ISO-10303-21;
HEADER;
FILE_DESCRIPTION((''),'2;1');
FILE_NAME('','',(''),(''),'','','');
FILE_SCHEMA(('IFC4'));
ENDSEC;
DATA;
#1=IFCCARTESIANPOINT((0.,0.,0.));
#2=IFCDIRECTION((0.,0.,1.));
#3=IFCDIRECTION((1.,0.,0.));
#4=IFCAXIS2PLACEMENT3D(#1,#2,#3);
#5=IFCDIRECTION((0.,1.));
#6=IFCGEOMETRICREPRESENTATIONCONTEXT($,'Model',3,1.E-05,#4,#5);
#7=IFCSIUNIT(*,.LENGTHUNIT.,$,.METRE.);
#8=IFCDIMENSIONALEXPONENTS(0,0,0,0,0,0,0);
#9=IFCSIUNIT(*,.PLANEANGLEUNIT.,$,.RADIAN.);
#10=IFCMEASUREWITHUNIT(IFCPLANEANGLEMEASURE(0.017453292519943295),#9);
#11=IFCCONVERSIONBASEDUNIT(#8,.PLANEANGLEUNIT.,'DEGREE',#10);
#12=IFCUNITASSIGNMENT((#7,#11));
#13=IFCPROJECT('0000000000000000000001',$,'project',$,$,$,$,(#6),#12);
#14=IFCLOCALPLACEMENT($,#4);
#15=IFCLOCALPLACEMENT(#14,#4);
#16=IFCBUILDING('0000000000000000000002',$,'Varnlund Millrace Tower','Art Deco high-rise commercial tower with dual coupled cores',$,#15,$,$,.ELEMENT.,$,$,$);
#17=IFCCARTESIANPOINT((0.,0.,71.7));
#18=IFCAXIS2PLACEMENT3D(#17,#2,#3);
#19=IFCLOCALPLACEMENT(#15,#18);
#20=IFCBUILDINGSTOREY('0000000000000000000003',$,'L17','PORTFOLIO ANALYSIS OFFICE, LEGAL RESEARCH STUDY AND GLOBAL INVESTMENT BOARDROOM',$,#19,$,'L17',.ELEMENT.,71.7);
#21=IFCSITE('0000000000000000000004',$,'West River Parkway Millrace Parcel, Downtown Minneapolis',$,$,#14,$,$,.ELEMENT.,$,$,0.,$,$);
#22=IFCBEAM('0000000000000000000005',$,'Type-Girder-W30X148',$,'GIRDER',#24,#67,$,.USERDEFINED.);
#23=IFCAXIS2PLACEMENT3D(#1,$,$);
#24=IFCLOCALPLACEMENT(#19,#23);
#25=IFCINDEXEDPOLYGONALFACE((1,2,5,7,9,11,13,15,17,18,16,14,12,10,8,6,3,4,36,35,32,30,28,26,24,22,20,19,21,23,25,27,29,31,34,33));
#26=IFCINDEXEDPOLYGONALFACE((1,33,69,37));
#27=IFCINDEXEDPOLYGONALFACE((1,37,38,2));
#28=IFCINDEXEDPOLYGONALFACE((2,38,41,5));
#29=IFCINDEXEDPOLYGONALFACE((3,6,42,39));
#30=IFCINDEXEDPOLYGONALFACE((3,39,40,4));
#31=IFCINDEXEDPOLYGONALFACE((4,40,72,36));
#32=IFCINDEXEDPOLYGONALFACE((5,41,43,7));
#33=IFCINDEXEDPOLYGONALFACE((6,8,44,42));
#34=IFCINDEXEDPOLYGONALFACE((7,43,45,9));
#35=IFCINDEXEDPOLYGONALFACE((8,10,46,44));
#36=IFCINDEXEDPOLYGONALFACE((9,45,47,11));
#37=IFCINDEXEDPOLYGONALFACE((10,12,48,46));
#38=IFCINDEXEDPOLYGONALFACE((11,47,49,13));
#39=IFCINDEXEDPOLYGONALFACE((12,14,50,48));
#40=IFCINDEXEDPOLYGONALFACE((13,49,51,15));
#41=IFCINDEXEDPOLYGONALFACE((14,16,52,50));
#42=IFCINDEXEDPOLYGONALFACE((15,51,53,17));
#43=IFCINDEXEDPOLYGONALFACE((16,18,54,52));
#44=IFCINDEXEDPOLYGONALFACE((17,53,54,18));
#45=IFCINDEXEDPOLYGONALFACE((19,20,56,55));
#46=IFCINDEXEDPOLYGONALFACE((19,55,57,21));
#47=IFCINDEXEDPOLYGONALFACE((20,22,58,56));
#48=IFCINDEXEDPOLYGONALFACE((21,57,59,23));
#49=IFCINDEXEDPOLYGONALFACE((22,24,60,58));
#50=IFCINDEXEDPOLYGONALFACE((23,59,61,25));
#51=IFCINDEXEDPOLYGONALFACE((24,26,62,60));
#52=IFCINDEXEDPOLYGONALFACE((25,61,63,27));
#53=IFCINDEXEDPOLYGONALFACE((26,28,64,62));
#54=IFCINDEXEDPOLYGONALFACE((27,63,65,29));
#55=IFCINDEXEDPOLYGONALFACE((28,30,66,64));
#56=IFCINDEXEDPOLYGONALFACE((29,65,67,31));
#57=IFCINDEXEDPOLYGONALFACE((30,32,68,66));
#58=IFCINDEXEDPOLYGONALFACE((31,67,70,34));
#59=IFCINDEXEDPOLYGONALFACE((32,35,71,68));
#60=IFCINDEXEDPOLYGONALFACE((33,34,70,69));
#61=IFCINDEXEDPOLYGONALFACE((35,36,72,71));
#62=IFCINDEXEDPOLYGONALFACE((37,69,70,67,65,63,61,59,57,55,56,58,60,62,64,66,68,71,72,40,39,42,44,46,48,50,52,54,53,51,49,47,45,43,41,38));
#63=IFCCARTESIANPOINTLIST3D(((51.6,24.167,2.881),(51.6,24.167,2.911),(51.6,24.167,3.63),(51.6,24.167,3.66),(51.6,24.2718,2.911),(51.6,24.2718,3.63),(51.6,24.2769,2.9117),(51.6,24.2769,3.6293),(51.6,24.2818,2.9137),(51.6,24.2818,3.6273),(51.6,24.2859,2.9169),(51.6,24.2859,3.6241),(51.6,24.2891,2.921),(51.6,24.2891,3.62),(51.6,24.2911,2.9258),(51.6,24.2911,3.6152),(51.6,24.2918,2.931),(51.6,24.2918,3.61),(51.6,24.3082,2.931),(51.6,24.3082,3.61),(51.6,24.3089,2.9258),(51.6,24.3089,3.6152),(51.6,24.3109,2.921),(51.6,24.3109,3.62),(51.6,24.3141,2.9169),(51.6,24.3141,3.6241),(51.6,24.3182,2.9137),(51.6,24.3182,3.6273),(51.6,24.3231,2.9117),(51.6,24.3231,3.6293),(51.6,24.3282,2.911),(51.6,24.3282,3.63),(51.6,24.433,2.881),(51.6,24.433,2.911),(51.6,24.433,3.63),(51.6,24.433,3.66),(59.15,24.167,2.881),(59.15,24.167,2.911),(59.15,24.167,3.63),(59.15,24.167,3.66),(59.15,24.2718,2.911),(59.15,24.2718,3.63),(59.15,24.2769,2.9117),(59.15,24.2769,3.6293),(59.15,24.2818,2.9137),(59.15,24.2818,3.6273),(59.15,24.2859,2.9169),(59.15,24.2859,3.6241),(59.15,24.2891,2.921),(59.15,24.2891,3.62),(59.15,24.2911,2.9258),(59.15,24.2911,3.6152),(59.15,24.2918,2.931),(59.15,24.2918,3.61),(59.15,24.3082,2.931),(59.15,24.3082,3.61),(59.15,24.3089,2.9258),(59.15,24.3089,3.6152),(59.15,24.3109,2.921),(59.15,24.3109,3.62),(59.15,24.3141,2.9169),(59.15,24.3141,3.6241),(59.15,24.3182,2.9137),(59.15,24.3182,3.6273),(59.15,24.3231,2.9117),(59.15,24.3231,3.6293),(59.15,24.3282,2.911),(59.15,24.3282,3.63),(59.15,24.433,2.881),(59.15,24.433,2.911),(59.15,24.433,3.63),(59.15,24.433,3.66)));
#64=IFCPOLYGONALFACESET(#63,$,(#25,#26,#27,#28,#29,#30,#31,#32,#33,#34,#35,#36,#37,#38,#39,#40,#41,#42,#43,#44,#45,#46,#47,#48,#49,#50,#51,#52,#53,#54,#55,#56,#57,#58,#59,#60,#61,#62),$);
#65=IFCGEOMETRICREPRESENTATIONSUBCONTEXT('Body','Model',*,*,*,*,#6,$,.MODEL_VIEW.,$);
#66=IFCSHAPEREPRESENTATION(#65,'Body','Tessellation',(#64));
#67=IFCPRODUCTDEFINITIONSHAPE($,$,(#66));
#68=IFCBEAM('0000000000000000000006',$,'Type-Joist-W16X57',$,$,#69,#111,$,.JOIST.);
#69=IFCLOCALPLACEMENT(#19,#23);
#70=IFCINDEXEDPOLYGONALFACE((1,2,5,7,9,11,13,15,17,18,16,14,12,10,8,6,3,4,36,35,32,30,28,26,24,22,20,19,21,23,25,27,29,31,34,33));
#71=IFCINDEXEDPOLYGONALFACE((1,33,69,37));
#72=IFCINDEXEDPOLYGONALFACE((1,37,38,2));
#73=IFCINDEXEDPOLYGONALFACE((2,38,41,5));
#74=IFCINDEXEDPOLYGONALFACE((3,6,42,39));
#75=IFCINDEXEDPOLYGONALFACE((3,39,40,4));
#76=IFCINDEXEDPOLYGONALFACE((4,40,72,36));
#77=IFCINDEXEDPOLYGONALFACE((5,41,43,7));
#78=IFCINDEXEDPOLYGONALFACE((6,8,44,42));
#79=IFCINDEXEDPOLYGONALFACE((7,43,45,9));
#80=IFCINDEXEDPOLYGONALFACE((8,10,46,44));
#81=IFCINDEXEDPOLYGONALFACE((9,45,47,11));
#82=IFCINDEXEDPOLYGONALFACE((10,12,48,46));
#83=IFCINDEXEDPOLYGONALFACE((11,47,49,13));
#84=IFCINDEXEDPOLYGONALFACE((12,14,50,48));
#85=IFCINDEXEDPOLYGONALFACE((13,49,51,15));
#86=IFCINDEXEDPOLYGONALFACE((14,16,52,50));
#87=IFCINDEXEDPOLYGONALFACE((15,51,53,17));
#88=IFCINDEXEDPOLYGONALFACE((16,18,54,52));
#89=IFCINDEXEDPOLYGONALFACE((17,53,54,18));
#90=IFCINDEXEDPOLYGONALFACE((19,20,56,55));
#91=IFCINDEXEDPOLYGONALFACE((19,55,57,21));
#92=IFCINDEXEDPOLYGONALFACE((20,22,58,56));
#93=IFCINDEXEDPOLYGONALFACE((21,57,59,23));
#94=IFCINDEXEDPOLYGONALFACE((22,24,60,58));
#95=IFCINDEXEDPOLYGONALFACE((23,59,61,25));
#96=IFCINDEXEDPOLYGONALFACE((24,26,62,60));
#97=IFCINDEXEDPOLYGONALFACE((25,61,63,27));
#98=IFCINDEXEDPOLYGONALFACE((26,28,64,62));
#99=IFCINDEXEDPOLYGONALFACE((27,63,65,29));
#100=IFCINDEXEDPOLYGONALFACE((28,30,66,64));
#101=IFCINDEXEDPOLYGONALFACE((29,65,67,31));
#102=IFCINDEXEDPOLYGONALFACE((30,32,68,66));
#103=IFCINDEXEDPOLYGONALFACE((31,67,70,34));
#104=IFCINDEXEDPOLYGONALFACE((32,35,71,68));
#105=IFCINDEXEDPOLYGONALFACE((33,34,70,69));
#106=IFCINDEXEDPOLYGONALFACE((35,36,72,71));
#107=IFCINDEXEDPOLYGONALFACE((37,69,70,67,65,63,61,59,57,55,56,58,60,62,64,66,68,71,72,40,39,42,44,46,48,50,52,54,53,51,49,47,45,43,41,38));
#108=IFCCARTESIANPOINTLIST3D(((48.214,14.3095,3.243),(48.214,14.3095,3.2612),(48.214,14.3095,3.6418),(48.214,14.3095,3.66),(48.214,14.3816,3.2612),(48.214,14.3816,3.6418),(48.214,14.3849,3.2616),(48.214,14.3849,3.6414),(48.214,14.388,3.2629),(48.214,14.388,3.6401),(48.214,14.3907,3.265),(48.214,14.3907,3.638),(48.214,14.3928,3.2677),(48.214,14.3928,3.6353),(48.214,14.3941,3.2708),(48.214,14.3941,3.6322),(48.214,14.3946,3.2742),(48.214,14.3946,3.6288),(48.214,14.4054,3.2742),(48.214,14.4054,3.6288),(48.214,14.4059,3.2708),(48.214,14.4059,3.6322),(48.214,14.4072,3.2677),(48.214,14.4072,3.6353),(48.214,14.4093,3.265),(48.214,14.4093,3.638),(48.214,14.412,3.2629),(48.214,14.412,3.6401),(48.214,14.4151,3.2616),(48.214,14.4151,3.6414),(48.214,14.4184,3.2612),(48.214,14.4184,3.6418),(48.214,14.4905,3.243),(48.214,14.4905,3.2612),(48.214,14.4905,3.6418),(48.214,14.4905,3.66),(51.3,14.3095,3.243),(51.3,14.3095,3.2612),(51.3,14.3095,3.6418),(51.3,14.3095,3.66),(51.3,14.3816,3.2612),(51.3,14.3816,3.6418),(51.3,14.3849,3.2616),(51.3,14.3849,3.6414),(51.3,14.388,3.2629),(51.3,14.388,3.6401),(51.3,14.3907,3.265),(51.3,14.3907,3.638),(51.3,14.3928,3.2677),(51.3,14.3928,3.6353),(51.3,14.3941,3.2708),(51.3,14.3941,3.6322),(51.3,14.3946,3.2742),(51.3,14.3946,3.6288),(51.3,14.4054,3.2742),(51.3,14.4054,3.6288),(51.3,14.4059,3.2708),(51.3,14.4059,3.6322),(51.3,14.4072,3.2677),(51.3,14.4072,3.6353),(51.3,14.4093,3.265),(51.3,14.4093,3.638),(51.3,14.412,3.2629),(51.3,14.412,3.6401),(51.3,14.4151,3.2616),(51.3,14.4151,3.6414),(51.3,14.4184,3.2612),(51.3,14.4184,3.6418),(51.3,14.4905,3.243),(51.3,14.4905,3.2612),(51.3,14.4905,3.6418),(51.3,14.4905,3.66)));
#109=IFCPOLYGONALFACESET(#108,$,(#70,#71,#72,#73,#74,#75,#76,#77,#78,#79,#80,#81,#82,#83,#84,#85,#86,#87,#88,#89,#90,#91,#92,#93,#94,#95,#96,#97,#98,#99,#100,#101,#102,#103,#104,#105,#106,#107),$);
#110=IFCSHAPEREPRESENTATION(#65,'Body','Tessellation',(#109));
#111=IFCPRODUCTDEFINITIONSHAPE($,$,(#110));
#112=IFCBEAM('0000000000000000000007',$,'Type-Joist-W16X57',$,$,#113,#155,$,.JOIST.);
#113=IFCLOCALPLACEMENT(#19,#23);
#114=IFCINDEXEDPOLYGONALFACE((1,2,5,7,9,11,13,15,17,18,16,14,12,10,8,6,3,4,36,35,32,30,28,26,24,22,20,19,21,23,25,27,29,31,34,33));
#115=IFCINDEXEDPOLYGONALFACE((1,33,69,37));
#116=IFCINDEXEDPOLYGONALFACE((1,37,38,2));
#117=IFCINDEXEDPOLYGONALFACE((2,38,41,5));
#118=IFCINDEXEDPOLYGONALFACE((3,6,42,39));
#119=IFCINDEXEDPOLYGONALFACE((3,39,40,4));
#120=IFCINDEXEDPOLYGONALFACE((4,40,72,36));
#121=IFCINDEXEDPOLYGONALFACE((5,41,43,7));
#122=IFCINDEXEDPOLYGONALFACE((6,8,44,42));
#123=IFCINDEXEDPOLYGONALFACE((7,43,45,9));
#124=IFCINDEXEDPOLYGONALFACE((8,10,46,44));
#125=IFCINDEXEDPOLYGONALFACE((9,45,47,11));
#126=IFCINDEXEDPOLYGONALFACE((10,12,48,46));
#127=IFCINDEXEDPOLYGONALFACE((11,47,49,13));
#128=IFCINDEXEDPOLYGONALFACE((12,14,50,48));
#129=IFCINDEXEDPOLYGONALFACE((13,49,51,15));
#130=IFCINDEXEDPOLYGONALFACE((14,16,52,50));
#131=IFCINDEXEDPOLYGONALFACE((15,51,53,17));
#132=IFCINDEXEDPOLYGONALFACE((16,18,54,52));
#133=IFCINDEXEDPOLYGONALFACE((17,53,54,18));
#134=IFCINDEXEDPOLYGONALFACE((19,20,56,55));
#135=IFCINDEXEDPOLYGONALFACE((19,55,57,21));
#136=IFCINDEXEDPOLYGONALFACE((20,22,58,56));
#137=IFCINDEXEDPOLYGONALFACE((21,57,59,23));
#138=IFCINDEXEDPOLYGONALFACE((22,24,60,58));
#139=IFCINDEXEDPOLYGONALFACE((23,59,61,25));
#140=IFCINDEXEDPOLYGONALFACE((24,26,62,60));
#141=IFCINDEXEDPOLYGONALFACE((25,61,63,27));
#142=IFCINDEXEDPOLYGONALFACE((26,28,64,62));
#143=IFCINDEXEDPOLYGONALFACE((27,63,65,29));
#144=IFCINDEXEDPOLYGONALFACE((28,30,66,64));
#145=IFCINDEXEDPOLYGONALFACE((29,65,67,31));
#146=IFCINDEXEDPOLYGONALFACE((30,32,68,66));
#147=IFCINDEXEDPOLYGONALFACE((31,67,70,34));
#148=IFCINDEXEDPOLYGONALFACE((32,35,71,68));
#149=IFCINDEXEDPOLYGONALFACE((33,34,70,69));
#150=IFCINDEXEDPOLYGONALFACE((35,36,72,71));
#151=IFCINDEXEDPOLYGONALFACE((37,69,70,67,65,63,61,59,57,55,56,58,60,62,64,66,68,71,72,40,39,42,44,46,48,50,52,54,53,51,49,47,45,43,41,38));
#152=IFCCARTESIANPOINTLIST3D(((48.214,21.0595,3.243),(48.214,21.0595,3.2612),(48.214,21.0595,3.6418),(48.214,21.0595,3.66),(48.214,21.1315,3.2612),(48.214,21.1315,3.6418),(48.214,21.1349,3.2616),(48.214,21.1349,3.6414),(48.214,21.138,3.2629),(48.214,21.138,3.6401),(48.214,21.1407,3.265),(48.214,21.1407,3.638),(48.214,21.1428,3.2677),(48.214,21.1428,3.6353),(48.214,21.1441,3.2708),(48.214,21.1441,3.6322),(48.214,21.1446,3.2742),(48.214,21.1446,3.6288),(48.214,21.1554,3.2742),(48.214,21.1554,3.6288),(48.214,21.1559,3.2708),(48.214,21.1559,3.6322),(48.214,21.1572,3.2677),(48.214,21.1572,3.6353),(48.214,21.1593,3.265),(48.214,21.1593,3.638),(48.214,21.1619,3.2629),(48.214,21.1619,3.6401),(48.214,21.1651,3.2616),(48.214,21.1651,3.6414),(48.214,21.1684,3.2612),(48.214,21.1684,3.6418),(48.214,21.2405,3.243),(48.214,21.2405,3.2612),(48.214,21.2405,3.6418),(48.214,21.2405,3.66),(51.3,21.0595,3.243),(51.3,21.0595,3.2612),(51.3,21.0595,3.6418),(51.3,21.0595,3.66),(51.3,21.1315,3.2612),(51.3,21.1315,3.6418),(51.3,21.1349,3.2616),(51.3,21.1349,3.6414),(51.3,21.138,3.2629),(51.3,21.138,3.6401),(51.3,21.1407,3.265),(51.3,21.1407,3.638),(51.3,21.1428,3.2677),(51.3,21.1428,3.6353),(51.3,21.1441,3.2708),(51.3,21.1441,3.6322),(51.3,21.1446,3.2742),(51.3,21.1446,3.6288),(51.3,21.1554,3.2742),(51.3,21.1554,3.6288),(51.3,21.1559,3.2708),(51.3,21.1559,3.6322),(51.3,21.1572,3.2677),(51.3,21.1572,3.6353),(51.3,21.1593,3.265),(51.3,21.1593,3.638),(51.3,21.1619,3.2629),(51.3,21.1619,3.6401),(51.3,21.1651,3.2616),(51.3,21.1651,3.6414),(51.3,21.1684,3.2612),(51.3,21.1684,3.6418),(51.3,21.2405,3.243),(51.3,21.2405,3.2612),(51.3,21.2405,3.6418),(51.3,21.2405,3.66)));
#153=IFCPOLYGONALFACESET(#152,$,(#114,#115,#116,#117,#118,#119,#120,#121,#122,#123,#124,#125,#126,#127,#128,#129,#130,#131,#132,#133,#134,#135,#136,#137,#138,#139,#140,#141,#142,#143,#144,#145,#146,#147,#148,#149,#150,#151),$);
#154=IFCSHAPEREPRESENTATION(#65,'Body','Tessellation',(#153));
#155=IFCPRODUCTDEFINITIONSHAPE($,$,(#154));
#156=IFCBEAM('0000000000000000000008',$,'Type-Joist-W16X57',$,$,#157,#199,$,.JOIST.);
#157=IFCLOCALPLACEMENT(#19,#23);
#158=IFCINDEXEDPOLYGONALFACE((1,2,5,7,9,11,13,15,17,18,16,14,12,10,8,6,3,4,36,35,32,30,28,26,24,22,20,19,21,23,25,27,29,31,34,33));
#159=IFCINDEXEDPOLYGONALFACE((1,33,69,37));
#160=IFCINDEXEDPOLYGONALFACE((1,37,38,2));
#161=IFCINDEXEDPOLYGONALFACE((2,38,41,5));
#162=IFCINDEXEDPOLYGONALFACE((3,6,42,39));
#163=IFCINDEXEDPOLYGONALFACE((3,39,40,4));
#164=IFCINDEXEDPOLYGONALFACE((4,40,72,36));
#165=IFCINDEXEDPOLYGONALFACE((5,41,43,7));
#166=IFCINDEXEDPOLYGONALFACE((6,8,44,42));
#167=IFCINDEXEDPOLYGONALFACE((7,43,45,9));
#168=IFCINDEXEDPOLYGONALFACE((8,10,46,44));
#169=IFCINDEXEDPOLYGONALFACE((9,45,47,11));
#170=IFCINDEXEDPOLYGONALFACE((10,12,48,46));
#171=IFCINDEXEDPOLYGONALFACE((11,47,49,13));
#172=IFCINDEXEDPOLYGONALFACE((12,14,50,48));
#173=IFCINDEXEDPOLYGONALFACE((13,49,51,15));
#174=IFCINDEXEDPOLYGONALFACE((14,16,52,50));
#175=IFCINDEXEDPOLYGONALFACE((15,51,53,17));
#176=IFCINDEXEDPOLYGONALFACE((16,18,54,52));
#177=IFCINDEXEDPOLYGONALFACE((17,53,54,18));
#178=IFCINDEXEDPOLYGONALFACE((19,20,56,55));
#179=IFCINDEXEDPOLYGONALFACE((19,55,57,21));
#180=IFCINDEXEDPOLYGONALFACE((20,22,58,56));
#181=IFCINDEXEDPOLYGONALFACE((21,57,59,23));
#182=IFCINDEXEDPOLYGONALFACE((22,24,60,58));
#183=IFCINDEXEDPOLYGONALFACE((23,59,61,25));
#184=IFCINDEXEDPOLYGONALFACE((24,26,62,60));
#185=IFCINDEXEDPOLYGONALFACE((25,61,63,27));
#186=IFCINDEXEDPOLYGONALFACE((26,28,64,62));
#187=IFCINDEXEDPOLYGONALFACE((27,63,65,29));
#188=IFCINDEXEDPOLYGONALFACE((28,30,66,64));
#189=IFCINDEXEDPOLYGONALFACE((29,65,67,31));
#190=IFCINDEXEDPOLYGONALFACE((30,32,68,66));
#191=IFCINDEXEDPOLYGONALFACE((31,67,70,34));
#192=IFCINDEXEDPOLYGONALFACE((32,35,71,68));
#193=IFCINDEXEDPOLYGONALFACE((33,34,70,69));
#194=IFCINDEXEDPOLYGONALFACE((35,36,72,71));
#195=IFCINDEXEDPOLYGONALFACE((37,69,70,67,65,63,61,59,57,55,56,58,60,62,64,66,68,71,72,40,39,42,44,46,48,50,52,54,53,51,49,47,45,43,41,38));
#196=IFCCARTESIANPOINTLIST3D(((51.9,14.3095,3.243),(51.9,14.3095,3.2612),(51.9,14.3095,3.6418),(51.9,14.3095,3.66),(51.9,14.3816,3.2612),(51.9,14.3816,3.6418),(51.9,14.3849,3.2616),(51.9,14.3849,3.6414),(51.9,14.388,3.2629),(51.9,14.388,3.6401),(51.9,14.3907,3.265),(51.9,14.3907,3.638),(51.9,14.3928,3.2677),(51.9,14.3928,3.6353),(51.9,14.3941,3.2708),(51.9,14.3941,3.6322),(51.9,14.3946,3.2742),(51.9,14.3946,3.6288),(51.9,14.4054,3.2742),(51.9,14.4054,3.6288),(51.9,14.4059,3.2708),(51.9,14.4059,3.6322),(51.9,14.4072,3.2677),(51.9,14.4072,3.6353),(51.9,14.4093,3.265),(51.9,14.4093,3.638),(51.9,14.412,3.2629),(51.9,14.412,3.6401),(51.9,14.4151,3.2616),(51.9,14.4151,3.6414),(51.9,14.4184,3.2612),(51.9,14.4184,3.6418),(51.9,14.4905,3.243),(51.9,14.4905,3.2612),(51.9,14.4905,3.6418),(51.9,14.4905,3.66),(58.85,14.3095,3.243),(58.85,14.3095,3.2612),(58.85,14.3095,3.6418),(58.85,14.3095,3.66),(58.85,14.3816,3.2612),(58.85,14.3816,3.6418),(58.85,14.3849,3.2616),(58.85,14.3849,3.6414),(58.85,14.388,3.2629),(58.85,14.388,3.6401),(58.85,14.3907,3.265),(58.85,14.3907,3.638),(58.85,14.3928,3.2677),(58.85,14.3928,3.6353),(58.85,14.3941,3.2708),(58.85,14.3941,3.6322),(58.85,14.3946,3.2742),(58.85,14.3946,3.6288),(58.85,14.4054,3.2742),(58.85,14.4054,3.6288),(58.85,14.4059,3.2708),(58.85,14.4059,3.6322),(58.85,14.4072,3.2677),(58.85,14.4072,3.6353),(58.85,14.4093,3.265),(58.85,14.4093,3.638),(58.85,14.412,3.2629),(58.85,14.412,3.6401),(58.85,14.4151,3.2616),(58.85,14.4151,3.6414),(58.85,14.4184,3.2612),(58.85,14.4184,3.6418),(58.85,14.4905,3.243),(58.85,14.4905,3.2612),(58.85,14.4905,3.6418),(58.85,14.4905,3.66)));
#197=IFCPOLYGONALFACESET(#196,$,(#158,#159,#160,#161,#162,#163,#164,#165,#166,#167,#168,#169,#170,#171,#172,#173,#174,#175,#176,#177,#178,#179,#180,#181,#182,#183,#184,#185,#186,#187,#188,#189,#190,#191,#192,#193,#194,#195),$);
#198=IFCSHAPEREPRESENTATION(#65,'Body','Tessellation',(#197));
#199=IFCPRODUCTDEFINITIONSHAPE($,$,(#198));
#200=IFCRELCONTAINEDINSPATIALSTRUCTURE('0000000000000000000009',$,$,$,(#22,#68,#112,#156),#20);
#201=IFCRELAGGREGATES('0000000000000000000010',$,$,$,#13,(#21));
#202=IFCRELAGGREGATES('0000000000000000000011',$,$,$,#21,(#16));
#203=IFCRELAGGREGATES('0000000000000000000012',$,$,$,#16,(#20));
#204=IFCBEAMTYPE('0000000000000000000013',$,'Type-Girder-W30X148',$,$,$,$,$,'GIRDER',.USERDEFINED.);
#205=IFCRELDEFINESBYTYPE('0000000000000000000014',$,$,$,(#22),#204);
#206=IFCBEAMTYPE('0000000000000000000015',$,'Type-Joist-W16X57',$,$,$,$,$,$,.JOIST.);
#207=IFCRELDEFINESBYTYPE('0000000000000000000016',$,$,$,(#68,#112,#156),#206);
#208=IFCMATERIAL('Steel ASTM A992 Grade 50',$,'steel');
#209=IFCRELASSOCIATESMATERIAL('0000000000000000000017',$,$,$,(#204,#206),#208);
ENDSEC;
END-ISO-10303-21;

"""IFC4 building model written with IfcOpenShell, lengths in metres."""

from ifc_helpers import new_model, entity, si_unit, converted_unit, direction, frame, origin_with_axes, origin_2d_with_axis, place, context, subcontext, project, spatial, i_section, extrude, material, material_profile, profile_set, type_object, element, save


model = new_model("IFC4")

# Units and contexts
model_context = context("Model", 3, precision=1e-05, world=origin_with_axes(), true_north=direction((0.0, 1.0)))
body_context = subcontext(model_context, "Body", "Model", "MODEL_VIEW")
ifc_project = project(units=[si_unit("LENGTHUNIT", "METRE"), converted_unit("PLANEANGLEUNIT", "DEGREE", entity("IfcPlaneAngleMeasure", 0.017453292519943295), si_unit("PLANEANGLEUNIT", "RADIAN"), dimensions=[0, 0, 0, 0, 0, 0, 0])], contexts=[model_context])

# Site, building, storey
site_placement = place(None, origin_with_axes())
site = spatial("IfcSite", under=ifc_project, at=site_placement, Name="West River Parkway Millrace Parcel, Downtown Minneapolis", CompositionType="ELEMENT", RefElevation=0.0)
building_placement = place(site_placement, origin_with_axes())
building = spatial("IfcBuilding", under=site, at=building_placement, Name="Varnlund Millrace Tower", Description="Art Deco high-rise commercial tower with dual coupled cores", CompositionType="ELEMENT")
storey_placement = place(building_placement, frame((0.0, 0.0, 71.7), z_axis=(0.0, 0.0, 1.0), x_axis=(1.0, 0.0, 0.0)))
storey = spatial("IfcBuildingStorey", under=building, at=storey_placement, Name="L17", Description="PORTFOLIO ANALYSIS OFFICE, LEGAL RESEARCH STUDY AND GLOBAL INVESTMENT BOARDROOM", LongName="L17", CompositionType="ELEMENT", Elevation=71.7)

# Beams
ifc_material_1 = material(Name="Steel ASTM A992 Grade 50", Category="steel")
ifc_material_profile_1 = material_profile(ifc_material_1, i_section(OverallWidth=0.266, OverallDepth=0.779, WebThickness=0.0165, FlangeThickness=0.03, FilletRadius=0.02, at=origin_2d_with_axis()), Name="Steel ASTM A992 Grade 50")
ifc_profile_set_1 = profile_set([ifc_material_profile_1], Name="Steel ASTM A992 Grade 50")
beam_type_1 = type_object("IfcBeamType", Name="Type-Girder-W30X148", ElementType="GIRDER", PredefinedType="USERDEFINED", material=ifc_profile_set_1)
beam_1_placement = place(storey_placement, frame((51.6, 24.3, 3.2705), z_axis=(1.0, 0.0, 0.0), x_axis=(0.0, 1.0, 0.0)))
element("IfcBeam", 1, at=beam_1_placement, inside=storey, type_object=beam_type_1, Name="Type-Girder-W30X148", ObjectType="GIRDER", PredefinedType="USERDEFINED", context=body_context, shape_type="SweptSolid", body=[
    extrude(i_section(OverallWidth=0.266, OverallDepth=0.779, WebThickness=0.0165, FlangeThickness=0.03, FilletRadius=0.02, at=origin_2d_with_axis()), origin_with_axes(), (0.0, 0.0, 1.0), 7.55),
])
ifc_material_profile_2 = material_profile(ifc_material_1, i_section(OverallWidth=0.181, OverallDepth=0.417, WebThickness=0.0109, FlangeThickness=0.0182, FilletRadius=0.013, at=origin_2d_with_axis()), Name="Steel ASTM A992 Grade 50")
ifc_profile_set_2 = profile_set([ifc_material_profile_2], Name="Steel ASTM A992 Grade 50")
beam_type_2 = type_object("IfcBeamType", Name="Type-Joist-W16X57", PredefinedType="JOIST", material=ifc_profile_set_2)
for number, where, z_axis, x_axis, name in (
    (2, (48.214, 14.4, 3.4515), (1.0, 0.0, 0.0), (0.0, 1.0, 0.0), "Type-Joist-W16X57"),
    (3, (48.214, 21.15, 3.4515), (1.0, 0.0, 0.0), (0.0, 1.0, 0.0), "Type-Joist-W16X57"),
):
    element("IfcBeam", number, at=place(storey_placement, frame(where, z_axis=z_axis, x_axis=x_axis)), inside=storey, type_object=beam_type_2, Name=name, PredefinedType="JOIST", context=body_context, shape_type="SweptSolid", body=[
        extrude(i_section(OverallWidth=0.181, OverallDepth=0.417, WebThickness=0.0109, FlangeThickness=0.0182, FilletRadius=0.013, at=origin_2d_with_axis()), origin_with_axes(), (0.0, 0.0, 1.0), 3.086),
    ])
for number, where, z_axis, x_axis, name in (
    (4, (51.9, 14.4, 3.4515), (1.0, 0.0, 0.0), (0.0, 1.0, 0.0), "Type-Joist-W16X57"),
):
    element("IfcBeam", number, at=place(storey_placement, frame(where, z_axis=z_axis, x_axis=x_axis)), inside=storey, type_object=beam_type_2, Name=name, PredefinedType="JOIST", context=body_context, shape_type="SweptSolid", body=[
        extrude(i_section(OverallWidth=0.181, OverallDepth=0.417, WebThickness=0.0109, FlangeThickness=0.0182, FilletRadius=0.013, at=origin_2d_with_axis()), origin_with_axes(), (0.0, 0.0, 1.0), 6.95),
    ])

save(model, "model.ifc")
